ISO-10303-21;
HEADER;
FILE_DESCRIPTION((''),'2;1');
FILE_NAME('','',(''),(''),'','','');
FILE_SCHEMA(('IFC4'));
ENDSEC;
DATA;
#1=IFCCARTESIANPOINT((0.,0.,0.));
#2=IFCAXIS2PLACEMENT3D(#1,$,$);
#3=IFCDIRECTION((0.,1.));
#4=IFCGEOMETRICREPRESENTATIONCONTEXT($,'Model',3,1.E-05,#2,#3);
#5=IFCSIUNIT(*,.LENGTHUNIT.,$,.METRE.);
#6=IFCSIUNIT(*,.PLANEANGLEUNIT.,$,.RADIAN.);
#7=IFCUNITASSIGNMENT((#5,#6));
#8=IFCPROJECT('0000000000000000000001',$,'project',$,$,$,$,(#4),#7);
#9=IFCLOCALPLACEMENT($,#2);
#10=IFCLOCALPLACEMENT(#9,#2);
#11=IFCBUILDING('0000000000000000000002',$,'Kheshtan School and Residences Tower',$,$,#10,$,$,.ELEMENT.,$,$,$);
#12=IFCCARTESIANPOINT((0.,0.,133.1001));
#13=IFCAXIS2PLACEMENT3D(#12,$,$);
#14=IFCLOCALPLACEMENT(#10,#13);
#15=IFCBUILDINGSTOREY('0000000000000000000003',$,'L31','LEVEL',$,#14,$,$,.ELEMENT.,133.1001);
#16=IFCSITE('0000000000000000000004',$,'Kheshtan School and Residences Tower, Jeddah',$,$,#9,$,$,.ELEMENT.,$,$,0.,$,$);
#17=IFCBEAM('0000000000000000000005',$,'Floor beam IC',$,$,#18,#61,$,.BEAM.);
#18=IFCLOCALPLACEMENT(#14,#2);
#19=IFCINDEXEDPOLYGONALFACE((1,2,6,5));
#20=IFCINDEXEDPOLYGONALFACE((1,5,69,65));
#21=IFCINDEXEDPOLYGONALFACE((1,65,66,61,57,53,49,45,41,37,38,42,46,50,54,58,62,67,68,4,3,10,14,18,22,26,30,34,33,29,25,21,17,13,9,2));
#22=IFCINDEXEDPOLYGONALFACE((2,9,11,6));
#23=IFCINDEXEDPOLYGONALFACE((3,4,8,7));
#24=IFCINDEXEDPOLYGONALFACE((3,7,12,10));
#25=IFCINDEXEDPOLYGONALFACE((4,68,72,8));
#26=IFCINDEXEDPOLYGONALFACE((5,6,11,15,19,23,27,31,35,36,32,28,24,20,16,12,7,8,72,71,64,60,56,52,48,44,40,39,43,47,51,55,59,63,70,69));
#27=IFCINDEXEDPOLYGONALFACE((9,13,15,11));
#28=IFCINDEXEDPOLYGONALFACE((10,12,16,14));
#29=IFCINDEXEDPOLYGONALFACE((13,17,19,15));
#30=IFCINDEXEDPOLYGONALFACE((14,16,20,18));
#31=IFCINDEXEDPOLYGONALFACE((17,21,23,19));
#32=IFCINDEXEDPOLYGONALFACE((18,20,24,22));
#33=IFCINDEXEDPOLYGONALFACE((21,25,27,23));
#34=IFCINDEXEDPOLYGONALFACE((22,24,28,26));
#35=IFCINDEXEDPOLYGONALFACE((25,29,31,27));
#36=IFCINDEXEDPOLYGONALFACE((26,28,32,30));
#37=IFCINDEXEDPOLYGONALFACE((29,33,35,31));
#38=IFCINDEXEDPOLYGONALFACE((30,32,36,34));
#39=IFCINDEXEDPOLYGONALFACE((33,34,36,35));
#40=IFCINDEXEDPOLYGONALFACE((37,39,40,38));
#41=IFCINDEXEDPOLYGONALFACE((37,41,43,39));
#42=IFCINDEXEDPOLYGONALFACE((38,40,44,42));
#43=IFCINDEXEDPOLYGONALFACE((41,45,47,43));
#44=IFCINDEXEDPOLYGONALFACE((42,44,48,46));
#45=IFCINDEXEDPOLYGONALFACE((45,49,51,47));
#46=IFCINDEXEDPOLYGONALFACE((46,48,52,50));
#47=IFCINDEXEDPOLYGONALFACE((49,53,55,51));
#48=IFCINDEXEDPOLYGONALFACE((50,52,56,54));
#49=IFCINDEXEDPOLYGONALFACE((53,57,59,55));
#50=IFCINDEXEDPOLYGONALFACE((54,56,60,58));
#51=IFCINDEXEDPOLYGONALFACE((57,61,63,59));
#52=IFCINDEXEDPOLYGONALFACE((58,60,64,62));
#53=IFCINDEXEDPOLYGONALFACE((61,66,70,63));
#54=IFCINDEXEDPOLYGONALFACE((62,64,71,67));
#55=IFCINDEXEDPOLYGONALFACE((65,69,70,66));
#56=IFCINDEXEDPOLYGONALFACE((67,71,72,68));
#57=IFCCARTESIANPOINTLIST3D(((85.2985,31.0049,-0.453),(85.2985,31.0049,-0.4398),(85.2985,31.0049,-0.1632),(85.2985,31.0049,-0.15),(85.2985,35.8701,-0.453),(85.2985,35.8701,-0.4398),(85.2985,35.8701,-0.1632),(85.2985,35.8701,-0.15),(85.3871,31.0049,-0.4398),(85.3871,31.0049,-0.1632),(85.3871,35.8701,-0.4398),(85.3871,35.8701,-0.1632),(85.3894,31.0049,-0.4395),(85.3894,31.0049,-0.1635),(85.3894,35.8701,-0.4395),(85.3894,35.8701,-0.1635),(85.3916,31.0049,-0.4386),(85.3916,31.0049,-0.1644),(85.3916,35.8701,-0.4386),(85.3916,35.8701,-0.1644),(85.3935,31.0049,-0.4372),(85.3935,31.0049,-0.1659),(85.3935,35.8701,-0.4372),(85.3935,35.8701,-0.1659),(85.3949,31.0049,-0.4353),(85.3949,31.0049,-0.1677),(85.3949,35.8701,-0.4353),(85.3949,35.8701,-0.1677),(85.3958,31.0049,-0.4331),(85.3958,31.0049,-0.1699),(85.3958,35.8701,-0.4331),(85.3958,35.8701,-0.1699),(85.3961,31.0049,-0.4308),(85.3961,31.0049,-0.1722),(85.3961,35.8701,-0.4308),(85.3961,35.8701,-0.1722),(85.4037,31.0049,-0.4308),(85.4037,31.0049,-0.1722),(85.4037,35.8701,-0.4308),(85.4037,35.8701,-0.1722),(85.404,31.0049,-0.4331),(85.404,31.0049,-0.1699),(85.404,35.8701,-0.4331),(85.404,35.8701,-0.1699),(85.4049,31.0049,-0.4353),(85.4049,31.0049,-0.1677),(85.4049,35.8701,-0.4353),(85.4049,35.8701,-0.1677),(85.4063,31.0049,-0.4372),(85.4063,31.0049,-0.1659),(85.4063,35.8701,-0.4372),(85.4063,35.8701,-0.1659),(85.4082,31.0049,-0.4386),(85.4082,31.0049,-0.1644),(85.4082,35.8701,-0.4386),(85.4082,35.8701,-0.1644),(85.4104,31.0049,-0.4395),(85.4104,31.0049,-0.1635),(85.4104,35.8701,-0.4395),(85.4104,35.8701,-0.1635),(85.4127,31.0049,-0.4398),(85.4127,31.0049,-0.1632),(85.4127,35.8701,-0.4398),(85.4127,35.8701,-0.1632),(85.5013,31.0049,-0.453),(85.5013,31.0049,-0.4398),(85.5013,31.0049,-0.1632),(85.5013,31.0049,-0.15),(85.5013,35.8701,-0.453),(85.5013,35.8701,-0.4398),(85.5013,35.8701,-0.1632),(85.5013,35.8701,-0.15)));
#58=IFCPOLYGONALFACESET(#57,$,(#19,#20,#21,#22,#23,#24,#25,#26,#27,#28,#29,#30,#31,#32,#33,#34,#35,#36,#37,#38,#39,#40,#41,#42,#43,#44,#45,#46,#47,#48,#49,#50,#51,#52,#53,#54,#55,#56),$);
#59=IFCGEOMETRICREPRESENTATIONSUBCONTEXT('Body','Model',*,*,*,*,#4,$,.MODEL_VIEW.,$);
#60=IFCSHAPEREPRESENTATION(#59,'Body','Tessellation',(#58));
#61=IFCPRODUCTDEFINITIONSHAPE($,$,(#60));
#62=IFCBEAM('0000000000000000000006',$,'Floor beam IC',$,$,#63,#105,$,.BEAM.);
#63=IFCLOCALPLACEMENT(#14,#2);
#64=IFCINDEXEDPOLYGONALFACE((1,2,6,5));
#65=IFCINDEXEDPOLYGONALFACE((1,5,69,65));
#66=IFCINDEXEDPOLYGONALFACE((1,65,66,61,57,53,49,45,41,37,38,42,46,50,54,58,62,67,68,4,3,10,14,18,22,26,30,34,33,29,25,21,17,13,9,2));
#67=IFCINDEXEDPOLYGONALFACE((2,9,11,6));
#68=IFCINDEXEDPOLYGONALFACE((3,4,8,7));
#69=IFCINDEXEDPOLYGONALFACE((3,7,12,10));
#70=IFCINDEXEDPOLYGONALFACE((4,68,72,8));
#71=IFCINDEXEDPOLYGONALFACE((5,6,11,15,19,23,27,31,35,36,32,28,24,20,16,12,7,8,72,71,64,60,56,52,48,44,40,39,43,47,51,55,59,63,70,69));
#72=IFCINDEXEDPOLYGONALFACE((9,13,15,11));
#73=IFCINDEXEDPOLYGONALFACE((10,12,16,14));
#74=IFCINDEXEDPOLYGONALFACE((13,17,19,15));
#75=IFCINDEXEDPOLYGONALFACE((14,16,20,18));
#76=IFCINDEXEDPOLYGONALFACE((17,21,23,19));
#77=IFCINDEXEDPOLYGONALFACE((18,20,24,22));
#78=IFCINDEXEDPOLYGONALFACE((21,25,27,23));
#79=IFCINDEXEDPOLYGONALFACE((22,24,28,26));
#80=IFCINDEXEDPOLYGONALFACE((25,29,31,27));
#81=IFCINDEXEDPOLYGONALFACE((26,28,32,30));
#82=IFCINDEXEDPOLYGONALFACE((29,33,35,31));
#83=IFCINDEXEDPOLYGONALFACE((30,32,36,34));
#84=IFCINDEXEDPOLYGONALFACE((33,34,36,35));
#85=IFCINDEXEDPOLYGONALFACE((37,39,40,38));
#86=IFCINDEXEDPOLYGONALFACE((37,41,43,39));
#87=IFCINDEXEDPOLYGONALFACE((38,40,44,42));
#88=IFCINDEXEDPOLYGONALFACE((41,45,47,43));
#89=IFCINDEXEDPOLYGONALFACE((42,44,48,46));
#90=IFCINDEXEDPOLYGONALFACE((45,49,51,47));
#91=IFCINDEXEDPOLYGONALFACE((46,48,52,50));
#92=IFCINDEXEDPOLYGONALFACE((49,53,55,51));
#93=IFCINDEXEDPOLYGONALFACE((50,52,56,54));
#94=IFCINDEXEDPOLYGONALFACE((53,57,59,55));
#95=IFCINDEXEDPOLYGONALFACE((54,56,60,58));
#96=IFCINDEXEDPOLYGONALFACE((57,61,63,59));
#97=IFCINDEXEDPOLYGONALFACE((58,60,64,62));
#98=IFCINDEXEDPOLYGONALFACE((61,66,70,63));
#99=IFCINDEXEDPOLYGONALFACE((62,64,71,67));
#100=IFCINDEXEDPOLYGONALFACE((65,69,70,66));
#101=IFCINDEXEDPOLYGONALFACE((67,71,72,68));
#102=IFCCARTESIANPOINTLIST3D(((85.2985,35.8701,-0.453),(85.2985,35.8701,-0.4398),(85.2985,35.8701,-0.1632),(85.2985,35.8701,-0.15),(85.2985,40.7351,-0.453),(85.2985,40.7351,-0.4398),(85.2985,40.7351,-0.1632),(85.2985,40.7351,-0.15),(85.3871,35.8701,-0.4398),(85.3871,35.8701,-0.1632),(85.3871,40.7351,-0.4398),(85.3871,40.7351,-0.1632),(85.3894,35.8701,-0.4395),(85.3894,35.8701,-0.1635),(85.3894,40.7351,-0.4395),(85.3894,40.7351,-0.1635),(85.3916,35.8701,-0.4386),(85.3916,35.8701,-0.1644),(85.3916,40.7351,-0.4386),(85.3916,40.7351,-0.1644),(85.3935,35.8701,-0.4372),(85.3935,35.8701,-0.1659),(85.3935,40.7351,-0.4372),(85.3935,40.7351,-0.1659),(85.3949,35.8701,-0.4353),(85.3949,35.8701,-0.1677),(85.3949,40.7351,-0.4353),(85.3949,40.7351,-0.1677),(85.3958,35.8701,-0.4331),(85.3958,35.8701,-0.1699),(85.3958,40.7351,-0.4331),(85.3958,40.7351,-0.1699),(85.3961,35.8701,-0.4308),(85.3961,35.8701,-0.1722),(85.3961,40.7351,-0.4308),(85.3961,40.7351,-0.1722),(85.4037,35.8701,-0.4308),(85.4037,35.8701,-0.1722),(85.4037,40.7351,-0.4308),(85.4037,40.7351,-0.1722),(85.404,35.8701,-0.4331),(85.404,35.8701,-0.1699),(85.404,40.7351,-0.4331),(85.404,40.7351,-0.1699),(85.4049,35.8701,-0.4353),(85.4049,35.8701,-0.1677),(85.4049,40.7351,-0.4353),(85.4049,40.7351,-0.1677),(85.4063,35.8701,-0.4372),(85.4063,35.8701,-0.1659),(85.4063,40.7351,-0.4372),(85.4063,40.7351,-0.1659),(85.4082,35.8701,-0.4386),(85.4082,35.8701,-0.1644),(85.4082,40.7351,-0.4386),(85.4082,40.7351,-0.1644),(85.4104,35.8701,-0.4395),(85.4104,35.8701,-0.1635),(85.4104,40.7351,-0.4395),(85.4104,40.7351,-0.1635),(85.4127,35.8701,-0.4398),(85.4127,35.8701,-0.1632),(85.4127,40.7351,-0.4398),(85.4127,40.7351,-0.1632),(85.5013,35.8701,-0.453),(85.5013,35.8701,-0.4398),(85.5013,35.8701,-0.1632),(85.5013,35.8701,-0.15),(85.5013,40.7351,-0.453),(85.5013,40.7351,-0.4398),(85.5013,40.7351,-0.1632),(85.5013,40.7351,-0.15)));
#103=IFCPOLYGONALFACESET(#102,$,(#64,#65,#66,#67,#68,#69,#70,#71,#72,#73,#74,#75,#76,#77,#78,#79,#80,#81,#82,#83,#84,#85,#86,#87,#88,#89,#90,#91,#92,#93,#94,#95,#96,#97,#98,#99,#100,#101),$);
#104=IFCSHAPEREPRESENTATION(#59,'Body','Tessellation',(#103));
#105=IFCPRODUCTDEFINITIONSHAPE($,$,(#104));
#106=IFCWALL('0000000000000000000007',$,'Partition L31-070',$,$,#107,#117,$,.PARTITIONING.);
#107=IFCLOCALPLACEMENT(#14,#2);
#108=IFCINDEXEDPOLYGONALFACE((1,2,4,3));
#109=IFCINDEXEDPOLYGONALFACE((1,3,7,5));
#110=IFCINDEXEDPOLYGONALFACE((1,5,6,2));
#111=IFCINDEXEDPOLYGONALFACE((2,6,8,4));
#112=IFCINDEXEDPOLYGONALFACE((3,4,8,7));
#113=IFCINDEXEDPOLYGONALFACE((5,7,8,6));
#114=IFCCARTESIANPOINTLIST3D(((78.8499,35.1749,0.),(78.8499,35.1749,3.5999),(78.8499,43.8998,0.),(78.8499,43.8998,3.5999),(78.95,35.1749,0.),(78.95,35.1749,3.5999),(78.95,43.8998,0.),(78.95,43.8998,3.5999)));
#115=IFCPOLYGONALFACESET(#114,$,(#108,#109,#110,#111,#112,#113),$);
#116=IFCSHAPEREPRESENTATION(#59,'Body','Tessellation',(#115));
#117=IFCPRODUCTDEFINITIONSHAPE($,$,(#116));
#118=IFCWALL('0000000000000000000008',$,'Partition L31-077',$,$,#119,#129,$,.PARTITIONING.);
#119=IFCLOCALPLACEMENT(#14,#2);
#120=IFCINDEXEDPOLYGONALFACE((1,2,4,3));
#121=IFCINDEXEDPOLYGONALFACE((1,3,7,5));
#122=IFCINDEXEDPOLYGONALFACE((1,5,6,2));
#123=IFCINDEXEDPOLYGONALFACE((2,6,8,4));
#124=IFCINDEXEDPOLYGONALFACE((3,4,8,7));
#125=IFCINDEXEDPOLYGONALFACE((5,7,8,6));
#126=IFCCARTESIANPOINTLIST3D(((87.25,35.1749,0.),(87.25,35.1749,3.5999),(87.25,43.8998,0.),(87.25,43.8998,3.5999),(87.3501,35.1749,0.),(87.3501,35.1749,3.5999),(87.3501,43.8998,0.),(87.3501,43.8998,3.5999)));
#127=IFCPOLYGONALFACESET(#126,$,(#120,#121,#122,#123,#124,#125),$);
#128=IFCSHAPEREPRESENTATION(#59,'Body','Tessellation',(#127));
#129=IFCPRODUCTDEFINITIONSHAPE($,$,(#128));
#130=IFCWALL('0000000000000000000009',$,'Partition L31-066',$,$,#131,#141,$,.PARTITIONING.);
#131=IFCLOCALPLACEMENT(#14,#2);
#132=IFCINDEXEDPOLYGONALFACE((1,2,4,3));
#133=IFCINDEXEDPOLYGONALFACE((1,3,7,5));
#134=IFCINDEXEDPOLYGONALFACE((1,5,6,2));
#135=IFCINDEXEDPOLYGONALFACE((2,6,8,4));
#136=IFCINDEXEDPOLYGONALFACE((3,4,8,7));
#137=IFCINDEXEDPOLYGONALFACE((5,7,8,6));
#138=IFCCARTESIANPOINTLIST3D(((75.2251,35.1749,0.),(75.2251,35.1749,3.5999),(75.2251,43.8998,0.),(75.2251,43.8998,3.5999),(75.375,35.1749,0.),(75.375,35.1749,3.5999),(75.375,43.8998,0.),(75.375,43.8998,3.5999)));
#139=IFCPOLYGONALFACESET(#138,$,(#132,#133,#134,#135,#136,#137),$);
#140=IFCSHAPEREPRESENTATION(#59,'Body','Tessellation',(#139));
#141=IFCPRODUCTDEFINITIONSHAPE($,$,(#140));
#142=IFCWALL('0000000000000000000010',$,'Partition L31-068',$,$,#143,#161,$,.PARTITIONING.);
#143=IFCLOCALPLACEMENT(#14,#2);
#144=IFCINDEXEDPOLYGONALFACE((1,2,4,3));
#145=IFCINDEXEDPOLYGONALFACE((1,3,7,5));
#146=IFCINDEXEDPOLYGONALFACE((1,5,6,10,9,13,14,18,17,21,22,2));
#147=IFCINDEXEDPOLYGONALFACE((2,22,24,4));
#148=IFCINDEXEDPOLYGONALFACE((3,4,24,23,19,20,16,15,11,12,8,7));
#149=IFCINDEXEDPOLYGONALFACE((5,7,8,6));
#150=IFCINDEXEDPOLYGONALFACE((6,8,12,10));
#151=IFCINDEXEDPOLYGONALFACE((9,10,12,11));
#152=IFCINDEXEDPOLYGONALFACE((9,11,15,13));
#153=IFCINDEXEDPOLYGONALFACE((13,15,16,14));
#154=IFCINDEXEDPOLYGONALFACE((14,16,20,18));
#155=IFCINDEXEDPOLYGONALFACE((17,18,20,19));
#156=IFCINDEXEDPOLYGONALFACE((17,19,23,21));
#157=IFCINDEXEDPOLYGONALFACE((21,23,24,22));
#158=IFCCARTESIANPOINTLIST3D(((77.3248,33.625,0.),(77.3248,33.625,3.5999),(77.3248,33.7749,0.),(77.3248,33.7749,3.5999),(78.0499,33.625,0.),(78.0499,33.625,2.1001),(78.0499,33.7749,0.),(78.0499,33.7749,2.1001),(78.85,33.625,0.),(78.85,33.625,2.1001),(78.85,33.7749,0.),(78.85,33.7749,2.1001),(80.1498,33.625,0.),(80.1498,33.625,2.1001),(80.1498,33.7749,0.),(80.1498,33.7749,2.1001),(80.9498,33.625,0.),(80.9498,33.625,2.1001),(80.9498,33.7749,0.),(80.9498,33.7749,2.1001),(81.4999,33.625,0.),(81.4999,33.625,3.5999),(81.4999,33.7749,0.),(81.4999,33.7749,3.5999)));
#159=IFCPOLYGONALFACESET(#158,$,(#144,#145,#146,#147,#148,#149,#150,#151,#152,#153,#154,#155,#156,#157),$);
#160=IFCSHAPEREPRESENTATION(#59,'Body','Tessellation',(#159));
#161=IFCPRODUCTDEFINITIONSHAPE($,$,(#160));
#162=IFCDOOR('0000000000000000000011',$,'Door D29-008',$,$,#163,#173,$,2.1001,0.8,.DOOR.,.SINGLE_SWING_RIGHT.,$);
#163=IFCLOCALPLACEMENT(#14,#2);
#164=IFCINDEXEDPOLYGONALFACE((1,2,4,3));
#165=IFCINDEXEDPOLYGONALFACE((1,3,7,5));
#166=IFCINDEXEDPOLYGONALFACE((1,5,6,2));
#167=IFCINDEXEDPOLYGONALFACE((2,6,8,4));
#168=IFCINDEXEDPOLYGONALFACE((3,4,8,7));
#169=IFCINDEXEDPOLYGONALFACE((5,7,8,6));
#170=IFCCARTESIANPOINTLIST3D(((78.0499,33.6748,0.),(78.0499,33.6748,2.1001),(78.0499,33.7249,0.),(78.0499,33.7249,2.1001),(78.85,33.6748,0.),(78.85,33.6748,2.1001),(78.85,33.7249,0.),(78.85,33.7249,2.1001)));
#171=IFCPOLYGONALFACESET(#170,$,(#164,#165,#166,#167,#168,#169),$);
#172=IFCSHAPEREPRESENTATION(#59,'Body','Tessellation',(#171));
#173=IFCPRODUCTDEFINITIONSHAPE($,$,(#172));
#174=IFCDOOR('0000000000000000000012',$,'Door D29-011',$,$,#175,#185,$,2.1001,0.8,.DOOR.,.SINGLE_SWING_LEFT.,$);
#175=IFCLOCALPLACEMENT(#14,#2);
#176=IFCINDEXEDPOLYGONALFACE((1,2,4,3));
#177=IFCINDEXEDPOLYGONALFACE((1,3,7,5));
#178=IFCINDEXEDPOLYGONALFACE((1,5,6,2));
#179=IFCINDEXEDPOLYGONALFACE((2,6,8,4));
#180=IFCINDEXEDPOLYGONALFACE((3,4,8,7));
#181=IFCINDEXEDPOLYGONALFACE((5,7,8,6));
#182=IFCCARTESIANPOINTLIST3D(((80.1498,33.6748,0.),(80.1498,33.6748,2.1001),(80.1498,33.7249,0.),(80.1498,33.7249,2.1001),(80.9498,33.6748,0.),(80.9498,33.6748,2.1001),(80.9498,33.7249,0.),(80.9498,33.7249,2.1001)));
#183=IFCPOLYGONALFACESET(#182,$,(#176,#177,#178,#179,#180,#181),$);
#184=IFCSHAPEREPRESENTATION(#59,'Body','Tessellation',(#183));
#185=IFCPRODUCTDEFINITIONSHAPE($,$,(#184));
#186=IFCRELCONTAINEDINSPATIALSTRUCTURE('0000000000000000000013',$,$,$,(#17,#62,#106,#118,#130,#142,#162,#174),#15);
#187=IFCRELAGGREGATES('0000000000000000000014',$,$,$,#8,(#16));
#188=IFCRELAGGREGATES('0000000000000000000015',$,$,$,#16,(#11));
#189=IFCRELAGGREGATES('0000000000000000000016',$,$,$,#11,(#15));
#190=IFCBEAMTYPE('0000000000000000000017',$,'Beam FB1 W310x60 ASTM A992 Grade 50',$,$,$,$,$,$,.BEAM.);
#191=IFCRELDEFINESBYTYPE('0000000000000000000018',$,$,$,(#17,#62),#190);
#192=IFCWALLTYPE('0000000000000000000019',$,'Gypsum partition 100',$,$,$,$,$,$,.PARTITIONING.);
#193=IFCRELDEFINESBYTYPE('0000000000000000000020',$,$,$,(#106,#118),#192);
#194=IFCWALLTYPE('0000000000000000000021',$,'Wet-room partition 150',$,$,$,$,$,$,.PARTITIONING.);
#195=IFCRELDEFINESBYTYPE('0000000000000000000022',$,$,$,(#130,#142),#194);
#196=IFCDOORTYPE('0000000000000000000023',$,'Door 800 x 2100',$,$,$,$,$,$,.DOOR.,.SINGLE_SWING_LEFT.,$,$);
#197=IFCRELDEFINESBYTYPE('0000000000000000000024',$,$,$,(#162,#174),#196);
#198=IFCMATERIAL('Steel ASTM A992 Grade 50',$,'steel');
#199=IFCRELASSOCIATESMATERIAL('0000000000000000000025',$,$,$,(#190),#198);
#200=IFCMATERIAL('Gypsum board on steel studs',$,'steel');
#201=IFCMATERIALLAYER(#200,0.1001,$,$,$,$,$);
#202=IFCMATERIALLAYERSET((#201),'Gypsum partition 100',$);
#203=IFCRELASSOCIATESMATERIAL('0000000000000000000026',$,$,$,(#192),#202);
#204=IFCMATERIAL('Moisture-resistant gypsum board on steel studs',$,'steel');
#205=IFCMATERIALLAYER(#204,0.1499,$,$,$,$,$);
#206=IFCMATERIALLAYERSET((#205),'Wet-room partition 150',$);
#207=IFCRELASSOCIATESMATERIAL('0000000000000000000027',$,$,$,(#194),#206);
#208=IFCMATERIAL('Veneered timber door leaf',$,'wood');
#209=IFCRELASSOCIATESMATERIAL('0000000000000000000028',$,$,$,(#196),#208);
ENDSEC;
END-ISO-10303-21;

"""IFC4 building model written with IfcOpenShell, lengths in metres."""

from ifc_helpers import new_model, si_unit, direction, frame, frame_2d, origin, origin_2d, place, context, subcontext, project, spatial, rectangle, i_section, extrude, source, transform, mapped, material, layer, layer_set, material_profile, profile_set, type_object, element, fill, save


model = new_model("IFC4")

# Units and contexts
model_context = context("Model", 3, precision=1e-05, world=origin(), true_north=direction((0.0, 1.0)))
body_context = subcontext(model_context, "Body", "Model", "MODEL_VIEW")
ifc_project = project(units=[si_unit("LENGTHUNIT", "METRE"), si_unit("PLANEANGLEUNIT", "RADIAN")], contexts=[model_context])

# Site, building, storey
site_placement = place(None, origin())
site = spatial("IfcSite", under=ifc_project, at=site_placement, Name="Kheshtan School and Residences Tower, Jeddah", CompositionType="ELEMENT", RefElevation=0.0)
building_placement = place(site_placement, origin())
building = spatial("IfcBuilding", under=site, at=building_placement, Name="Kheshtan School and Residences Tower", CompositionType="ELEMENT")
storey_placement = place(building_placement, frame((0.0, 0.0, 133.1001)))
storey = spatial("IfcBuildingStorey", under=building, at=storey_placement, Name="L31", Description="LEVEL", CompositionType="ELEMENT", Elevation=133.1001)

# Beams
ifc_material_1 = material(Name="Steel ASTM A992 Grade 50", Category="steel")
ifc_material_profile_1 = material_profile(ifc_material_1, i_section(OverallWidth=0.2029, OverallDepth=0.303, WebThickness=0.0076, FlangeThickness=0.0132, FilletRadius=0.009, at=origin_2d()), Name="W310x60")
ifc_profile_set_1 = profile_set([ifc_material_profile_1], Name="Steel ASTM A992 Grade 50")
beam_type = type_object("IfcBeamType", Name="Beam FB1 W310x60 ASTM A992 Grade 50", PredefinedType="BEAM", material=ifc_profile_set_1)
beam_1_placement = place(storey_placement, frame((85.3999, 31.0049, -0.3015), z_axis=(0.0, 1.0, 0.0), x_axis=(-1.0, 0.0, 0.0)))
element("IfcBeam", 1, at=beam_1_placement, inside=storey, type_object=beam_type, Name="Floor beam IC", PredefinedType="BEAM", context=body_context, shape_type="SweptSolid", body=[
    extrude(i_section(OverallWidth=0.2029, OverallDepth=0.303, WebThickness=0.0076, FlangeThickness=0.0132, FilletRadius=0.009, at=origin_2d()), origin(), (0.0, 0.0, 1.0), 4.8652),
])
beam_2_placement = place(storey_placement, frame((85.3999, 40.7351, -0.3015), z_axis=(0.0, -1.0, 0.0), x_axis=(1.0, 0.0, 0.0)))
element("IfcBeam", 2, at=beam_2_placement, inside=storey, type_object=beam_type, Name="Floor beam IC", PredefinedType="BEAM", context=body_context, shape_type="SweptSolid", body=[
    extrude(i_section(OverallWidth=0.2029, OverallDepth=0.303, WebThickness=0.0076, FlangeThickness=0.0132, FilletRadius=0.009, at=origin_2d()), origin(), (0.0, 0.0, 1.0), 4.865),
])

# Walls
ifc_material_2 = material(Name="Gypsum board on steel studs", Category="steel")
ifc_layer_1 = layer(ifc_material_2, 0.1001)
ifc_layer_set_1 = layer_set([ifc_layer_1], Name="Gypsum partition 100")
wall_type_1 = type_object("IfcWallType", Name="Gypsum partition 100", PredefinedType="PARTITIONING", material=ifc_layer_set_1)
for number, where, z_axis, x_axis, name in (
    (3, (78.8999, 35.175, 0.0), (0.0, 0.0, 1.0), (0.0, 1.0, 0.0), "Partition L31-070"),
    (4, (87.3, 35.175, 0.0), (0.0, 0.0, 1.0), (0.0, 1.0, 0.0), "Partition L31-077"),
):
    element("IfcWall", number, at=place(storey_placement, frame(where, z_axis=z_axis, x_axis=x_axis)), inside=storey, type_object=wall_type_1, Name=name, PredefinedType="PARTITIONING", context=body_context, shape_type="SweptSolid", body=[
        extrude(rectangle(XDim=8.7249, YDim=0.1001, at=frame_2d((4.3623, 0.0))), origin(), (0.0, 0.0, 1.0), 3.5999),
    ])
ifc_material_3 = material(Name="Moisture-resistant gypsum board on steel studs", Category="steel")
ifc_layer_2 = layer(ifc_material_3, 0.1499)
ifc_layer_set_2 = layer_set([ifc_layer_2], Name="Wet-room partition 150")
wall_type_2 = type_object("IfcWallType", Name="Wet-room partition 150", PredefinedType="PARTITIONING", material=ifc_layer_set_2)
wall_1_placement = place(storey_placement, frame((75.3, 35.175, 0.0), z_axis=(0.0, 0.0, 1.0), x_axis=(0.0, 1.0, 0.0)))
element("IfcWall", 5, at=wall_1_placement, inside=storey, type_object=wall_type_2, Name="Partition L31-066", PredefinedType="PARTITIONING", context=body_context, shape_type="SweptSolid", body=[
    extrude(rectangle(XDim=8.7249, YDim=0.1499, at=frame_2d((4.3623, 0.0))), origin(), (0.0, 0.0, 1.0), 3.5999),
])

# Wall, openings, doors
wall_2_placement = place(storey_placement, frame((77.325, 33.7, 0.0), z_axis=(0.0, 0.0, 1.0), x_axis=(1.0, 0.0, 0.0)))
wall_2 = element("IfcWall", 6, at=wall_2_placement, inside=storey, type_object=wall_type_2, Name="Partition L31-068", PredefinedType="PARTITIONING", context=body_context, shape_type="SweptSolid", body=[
    extrude(rectangle(XDim=4.175, YDim=0.1499, at=frame_2d((2.0874, 0.0))), origin(), (0.0, 0.0, 1.0), 3.5999),
])
opening_1_placement = place(wall_2_placement, frame((0.7251, 0.0, 0.0)))
opening_1 = element("IfcOpeningElement", 7, at=opening_1_placement, cuts=wall_2, PredefinedType="OPENING", context=body_context, shape_type="SweptSolid", body=[
    extrude(rectangle(XDim=0.8, YDim=2.1001, at=frame_2d((0.3999, 1.05))), frame((0.0, 0.085, 0.0), z_axis=(0.0, -1.0, 0.0), x_axis=(1.0, 0.0, 0.0)), (0.0, 0.0, 1.0), 0.1699),
])
opening_2_placement = place(wall_2_placement, frame((2.825, 0.0, 0.0)))
opening_2 = element("IfcOpeningElement", 8, at=opening_2_placement, cuts=wall_2, PredefinedType="OPENING", context=body_context, shape_type="SweptSolid", body=[
    extrude(rectangle(XDim=0.8, YDim=2.1001, at=frame_2d((0.3999, 1.05))), frame((0.0, 0.085, 0.0), z_axis=(0.0, -1.0, 0.0), x_axis=(1.0, 0.0, 0.0)), (0.0, 0.0, 1.0), 0.1699),
])
ifc_material_4 = material(Name="Veneered timber door leaf", Category="wood")
door_type_1 = type_object("IfcDoorType", Name="Door 800 x 2100", OperationType="SINGLE_SWING_LEFT", PredefinedType="DOOR", material=ifc_material_4)
shared_shape_1 = source(origin(), body_context, "Body", "SweptSolid", [
    extrude(rectangle(XDim=0.8, YDim=2.1001, at=frame_2d((0.3999, 1.05))), frame((0.0, 0.0249, 0.0), z_axis=(0.0, -1.0, 0.0), x_axis=(1.0, 0.0, 0.0)), (0.0, 0.0, 1.0), 0.05),
])
door_1_placement = place(opening_1_placement, origin())
door_1 = element("IfcDoor", 9, at=door_1_placement, inside=storey, type_object=door_type_1, Name="Door D29-008", OperationType="SINGLE_SWING_RIGHT", OverallHeight=2.1001, OverallWidth=0.8, PredefinedType="DOOR", context=body_context, shape_type="MappedRepresentation", body=[
    mapped(shared_shape_1, transform((0.0, 0.0, 0.0), x_axis=(1.0, 0.0, 0.0), y_axis=(0.0, 1.0, 0.0), z_axis=(0.0, 0.0, 1.0), scale=1.0)),
])
fill(opening_1, door_1)
door_2_placement = place(opening_2_placement, origin())
door_2 = element("IfcDoor", 10, at=door_2_placement, inside=storey, type_object=door_type_1, Name="Door D29-011", OperationType="SINGLE_SWING_LEFT", OverallHeight=2.1001, OverallWidth=0.8, PredefinedType="DOOR", context=body_context, shape_type="MappedRepresentation", body=[
    mapped(shared_shape_1, transform((0.0, 0.0, 0.0), x_axis=(1.0, 0.0, 0.0), y_axis=(0.0, 1.0, 0.0), z_axis=(0.0, 0.0, 1.0), scale=1.0)),
])
fill(opening_2, door_2)

save(model, "model.ifc")
